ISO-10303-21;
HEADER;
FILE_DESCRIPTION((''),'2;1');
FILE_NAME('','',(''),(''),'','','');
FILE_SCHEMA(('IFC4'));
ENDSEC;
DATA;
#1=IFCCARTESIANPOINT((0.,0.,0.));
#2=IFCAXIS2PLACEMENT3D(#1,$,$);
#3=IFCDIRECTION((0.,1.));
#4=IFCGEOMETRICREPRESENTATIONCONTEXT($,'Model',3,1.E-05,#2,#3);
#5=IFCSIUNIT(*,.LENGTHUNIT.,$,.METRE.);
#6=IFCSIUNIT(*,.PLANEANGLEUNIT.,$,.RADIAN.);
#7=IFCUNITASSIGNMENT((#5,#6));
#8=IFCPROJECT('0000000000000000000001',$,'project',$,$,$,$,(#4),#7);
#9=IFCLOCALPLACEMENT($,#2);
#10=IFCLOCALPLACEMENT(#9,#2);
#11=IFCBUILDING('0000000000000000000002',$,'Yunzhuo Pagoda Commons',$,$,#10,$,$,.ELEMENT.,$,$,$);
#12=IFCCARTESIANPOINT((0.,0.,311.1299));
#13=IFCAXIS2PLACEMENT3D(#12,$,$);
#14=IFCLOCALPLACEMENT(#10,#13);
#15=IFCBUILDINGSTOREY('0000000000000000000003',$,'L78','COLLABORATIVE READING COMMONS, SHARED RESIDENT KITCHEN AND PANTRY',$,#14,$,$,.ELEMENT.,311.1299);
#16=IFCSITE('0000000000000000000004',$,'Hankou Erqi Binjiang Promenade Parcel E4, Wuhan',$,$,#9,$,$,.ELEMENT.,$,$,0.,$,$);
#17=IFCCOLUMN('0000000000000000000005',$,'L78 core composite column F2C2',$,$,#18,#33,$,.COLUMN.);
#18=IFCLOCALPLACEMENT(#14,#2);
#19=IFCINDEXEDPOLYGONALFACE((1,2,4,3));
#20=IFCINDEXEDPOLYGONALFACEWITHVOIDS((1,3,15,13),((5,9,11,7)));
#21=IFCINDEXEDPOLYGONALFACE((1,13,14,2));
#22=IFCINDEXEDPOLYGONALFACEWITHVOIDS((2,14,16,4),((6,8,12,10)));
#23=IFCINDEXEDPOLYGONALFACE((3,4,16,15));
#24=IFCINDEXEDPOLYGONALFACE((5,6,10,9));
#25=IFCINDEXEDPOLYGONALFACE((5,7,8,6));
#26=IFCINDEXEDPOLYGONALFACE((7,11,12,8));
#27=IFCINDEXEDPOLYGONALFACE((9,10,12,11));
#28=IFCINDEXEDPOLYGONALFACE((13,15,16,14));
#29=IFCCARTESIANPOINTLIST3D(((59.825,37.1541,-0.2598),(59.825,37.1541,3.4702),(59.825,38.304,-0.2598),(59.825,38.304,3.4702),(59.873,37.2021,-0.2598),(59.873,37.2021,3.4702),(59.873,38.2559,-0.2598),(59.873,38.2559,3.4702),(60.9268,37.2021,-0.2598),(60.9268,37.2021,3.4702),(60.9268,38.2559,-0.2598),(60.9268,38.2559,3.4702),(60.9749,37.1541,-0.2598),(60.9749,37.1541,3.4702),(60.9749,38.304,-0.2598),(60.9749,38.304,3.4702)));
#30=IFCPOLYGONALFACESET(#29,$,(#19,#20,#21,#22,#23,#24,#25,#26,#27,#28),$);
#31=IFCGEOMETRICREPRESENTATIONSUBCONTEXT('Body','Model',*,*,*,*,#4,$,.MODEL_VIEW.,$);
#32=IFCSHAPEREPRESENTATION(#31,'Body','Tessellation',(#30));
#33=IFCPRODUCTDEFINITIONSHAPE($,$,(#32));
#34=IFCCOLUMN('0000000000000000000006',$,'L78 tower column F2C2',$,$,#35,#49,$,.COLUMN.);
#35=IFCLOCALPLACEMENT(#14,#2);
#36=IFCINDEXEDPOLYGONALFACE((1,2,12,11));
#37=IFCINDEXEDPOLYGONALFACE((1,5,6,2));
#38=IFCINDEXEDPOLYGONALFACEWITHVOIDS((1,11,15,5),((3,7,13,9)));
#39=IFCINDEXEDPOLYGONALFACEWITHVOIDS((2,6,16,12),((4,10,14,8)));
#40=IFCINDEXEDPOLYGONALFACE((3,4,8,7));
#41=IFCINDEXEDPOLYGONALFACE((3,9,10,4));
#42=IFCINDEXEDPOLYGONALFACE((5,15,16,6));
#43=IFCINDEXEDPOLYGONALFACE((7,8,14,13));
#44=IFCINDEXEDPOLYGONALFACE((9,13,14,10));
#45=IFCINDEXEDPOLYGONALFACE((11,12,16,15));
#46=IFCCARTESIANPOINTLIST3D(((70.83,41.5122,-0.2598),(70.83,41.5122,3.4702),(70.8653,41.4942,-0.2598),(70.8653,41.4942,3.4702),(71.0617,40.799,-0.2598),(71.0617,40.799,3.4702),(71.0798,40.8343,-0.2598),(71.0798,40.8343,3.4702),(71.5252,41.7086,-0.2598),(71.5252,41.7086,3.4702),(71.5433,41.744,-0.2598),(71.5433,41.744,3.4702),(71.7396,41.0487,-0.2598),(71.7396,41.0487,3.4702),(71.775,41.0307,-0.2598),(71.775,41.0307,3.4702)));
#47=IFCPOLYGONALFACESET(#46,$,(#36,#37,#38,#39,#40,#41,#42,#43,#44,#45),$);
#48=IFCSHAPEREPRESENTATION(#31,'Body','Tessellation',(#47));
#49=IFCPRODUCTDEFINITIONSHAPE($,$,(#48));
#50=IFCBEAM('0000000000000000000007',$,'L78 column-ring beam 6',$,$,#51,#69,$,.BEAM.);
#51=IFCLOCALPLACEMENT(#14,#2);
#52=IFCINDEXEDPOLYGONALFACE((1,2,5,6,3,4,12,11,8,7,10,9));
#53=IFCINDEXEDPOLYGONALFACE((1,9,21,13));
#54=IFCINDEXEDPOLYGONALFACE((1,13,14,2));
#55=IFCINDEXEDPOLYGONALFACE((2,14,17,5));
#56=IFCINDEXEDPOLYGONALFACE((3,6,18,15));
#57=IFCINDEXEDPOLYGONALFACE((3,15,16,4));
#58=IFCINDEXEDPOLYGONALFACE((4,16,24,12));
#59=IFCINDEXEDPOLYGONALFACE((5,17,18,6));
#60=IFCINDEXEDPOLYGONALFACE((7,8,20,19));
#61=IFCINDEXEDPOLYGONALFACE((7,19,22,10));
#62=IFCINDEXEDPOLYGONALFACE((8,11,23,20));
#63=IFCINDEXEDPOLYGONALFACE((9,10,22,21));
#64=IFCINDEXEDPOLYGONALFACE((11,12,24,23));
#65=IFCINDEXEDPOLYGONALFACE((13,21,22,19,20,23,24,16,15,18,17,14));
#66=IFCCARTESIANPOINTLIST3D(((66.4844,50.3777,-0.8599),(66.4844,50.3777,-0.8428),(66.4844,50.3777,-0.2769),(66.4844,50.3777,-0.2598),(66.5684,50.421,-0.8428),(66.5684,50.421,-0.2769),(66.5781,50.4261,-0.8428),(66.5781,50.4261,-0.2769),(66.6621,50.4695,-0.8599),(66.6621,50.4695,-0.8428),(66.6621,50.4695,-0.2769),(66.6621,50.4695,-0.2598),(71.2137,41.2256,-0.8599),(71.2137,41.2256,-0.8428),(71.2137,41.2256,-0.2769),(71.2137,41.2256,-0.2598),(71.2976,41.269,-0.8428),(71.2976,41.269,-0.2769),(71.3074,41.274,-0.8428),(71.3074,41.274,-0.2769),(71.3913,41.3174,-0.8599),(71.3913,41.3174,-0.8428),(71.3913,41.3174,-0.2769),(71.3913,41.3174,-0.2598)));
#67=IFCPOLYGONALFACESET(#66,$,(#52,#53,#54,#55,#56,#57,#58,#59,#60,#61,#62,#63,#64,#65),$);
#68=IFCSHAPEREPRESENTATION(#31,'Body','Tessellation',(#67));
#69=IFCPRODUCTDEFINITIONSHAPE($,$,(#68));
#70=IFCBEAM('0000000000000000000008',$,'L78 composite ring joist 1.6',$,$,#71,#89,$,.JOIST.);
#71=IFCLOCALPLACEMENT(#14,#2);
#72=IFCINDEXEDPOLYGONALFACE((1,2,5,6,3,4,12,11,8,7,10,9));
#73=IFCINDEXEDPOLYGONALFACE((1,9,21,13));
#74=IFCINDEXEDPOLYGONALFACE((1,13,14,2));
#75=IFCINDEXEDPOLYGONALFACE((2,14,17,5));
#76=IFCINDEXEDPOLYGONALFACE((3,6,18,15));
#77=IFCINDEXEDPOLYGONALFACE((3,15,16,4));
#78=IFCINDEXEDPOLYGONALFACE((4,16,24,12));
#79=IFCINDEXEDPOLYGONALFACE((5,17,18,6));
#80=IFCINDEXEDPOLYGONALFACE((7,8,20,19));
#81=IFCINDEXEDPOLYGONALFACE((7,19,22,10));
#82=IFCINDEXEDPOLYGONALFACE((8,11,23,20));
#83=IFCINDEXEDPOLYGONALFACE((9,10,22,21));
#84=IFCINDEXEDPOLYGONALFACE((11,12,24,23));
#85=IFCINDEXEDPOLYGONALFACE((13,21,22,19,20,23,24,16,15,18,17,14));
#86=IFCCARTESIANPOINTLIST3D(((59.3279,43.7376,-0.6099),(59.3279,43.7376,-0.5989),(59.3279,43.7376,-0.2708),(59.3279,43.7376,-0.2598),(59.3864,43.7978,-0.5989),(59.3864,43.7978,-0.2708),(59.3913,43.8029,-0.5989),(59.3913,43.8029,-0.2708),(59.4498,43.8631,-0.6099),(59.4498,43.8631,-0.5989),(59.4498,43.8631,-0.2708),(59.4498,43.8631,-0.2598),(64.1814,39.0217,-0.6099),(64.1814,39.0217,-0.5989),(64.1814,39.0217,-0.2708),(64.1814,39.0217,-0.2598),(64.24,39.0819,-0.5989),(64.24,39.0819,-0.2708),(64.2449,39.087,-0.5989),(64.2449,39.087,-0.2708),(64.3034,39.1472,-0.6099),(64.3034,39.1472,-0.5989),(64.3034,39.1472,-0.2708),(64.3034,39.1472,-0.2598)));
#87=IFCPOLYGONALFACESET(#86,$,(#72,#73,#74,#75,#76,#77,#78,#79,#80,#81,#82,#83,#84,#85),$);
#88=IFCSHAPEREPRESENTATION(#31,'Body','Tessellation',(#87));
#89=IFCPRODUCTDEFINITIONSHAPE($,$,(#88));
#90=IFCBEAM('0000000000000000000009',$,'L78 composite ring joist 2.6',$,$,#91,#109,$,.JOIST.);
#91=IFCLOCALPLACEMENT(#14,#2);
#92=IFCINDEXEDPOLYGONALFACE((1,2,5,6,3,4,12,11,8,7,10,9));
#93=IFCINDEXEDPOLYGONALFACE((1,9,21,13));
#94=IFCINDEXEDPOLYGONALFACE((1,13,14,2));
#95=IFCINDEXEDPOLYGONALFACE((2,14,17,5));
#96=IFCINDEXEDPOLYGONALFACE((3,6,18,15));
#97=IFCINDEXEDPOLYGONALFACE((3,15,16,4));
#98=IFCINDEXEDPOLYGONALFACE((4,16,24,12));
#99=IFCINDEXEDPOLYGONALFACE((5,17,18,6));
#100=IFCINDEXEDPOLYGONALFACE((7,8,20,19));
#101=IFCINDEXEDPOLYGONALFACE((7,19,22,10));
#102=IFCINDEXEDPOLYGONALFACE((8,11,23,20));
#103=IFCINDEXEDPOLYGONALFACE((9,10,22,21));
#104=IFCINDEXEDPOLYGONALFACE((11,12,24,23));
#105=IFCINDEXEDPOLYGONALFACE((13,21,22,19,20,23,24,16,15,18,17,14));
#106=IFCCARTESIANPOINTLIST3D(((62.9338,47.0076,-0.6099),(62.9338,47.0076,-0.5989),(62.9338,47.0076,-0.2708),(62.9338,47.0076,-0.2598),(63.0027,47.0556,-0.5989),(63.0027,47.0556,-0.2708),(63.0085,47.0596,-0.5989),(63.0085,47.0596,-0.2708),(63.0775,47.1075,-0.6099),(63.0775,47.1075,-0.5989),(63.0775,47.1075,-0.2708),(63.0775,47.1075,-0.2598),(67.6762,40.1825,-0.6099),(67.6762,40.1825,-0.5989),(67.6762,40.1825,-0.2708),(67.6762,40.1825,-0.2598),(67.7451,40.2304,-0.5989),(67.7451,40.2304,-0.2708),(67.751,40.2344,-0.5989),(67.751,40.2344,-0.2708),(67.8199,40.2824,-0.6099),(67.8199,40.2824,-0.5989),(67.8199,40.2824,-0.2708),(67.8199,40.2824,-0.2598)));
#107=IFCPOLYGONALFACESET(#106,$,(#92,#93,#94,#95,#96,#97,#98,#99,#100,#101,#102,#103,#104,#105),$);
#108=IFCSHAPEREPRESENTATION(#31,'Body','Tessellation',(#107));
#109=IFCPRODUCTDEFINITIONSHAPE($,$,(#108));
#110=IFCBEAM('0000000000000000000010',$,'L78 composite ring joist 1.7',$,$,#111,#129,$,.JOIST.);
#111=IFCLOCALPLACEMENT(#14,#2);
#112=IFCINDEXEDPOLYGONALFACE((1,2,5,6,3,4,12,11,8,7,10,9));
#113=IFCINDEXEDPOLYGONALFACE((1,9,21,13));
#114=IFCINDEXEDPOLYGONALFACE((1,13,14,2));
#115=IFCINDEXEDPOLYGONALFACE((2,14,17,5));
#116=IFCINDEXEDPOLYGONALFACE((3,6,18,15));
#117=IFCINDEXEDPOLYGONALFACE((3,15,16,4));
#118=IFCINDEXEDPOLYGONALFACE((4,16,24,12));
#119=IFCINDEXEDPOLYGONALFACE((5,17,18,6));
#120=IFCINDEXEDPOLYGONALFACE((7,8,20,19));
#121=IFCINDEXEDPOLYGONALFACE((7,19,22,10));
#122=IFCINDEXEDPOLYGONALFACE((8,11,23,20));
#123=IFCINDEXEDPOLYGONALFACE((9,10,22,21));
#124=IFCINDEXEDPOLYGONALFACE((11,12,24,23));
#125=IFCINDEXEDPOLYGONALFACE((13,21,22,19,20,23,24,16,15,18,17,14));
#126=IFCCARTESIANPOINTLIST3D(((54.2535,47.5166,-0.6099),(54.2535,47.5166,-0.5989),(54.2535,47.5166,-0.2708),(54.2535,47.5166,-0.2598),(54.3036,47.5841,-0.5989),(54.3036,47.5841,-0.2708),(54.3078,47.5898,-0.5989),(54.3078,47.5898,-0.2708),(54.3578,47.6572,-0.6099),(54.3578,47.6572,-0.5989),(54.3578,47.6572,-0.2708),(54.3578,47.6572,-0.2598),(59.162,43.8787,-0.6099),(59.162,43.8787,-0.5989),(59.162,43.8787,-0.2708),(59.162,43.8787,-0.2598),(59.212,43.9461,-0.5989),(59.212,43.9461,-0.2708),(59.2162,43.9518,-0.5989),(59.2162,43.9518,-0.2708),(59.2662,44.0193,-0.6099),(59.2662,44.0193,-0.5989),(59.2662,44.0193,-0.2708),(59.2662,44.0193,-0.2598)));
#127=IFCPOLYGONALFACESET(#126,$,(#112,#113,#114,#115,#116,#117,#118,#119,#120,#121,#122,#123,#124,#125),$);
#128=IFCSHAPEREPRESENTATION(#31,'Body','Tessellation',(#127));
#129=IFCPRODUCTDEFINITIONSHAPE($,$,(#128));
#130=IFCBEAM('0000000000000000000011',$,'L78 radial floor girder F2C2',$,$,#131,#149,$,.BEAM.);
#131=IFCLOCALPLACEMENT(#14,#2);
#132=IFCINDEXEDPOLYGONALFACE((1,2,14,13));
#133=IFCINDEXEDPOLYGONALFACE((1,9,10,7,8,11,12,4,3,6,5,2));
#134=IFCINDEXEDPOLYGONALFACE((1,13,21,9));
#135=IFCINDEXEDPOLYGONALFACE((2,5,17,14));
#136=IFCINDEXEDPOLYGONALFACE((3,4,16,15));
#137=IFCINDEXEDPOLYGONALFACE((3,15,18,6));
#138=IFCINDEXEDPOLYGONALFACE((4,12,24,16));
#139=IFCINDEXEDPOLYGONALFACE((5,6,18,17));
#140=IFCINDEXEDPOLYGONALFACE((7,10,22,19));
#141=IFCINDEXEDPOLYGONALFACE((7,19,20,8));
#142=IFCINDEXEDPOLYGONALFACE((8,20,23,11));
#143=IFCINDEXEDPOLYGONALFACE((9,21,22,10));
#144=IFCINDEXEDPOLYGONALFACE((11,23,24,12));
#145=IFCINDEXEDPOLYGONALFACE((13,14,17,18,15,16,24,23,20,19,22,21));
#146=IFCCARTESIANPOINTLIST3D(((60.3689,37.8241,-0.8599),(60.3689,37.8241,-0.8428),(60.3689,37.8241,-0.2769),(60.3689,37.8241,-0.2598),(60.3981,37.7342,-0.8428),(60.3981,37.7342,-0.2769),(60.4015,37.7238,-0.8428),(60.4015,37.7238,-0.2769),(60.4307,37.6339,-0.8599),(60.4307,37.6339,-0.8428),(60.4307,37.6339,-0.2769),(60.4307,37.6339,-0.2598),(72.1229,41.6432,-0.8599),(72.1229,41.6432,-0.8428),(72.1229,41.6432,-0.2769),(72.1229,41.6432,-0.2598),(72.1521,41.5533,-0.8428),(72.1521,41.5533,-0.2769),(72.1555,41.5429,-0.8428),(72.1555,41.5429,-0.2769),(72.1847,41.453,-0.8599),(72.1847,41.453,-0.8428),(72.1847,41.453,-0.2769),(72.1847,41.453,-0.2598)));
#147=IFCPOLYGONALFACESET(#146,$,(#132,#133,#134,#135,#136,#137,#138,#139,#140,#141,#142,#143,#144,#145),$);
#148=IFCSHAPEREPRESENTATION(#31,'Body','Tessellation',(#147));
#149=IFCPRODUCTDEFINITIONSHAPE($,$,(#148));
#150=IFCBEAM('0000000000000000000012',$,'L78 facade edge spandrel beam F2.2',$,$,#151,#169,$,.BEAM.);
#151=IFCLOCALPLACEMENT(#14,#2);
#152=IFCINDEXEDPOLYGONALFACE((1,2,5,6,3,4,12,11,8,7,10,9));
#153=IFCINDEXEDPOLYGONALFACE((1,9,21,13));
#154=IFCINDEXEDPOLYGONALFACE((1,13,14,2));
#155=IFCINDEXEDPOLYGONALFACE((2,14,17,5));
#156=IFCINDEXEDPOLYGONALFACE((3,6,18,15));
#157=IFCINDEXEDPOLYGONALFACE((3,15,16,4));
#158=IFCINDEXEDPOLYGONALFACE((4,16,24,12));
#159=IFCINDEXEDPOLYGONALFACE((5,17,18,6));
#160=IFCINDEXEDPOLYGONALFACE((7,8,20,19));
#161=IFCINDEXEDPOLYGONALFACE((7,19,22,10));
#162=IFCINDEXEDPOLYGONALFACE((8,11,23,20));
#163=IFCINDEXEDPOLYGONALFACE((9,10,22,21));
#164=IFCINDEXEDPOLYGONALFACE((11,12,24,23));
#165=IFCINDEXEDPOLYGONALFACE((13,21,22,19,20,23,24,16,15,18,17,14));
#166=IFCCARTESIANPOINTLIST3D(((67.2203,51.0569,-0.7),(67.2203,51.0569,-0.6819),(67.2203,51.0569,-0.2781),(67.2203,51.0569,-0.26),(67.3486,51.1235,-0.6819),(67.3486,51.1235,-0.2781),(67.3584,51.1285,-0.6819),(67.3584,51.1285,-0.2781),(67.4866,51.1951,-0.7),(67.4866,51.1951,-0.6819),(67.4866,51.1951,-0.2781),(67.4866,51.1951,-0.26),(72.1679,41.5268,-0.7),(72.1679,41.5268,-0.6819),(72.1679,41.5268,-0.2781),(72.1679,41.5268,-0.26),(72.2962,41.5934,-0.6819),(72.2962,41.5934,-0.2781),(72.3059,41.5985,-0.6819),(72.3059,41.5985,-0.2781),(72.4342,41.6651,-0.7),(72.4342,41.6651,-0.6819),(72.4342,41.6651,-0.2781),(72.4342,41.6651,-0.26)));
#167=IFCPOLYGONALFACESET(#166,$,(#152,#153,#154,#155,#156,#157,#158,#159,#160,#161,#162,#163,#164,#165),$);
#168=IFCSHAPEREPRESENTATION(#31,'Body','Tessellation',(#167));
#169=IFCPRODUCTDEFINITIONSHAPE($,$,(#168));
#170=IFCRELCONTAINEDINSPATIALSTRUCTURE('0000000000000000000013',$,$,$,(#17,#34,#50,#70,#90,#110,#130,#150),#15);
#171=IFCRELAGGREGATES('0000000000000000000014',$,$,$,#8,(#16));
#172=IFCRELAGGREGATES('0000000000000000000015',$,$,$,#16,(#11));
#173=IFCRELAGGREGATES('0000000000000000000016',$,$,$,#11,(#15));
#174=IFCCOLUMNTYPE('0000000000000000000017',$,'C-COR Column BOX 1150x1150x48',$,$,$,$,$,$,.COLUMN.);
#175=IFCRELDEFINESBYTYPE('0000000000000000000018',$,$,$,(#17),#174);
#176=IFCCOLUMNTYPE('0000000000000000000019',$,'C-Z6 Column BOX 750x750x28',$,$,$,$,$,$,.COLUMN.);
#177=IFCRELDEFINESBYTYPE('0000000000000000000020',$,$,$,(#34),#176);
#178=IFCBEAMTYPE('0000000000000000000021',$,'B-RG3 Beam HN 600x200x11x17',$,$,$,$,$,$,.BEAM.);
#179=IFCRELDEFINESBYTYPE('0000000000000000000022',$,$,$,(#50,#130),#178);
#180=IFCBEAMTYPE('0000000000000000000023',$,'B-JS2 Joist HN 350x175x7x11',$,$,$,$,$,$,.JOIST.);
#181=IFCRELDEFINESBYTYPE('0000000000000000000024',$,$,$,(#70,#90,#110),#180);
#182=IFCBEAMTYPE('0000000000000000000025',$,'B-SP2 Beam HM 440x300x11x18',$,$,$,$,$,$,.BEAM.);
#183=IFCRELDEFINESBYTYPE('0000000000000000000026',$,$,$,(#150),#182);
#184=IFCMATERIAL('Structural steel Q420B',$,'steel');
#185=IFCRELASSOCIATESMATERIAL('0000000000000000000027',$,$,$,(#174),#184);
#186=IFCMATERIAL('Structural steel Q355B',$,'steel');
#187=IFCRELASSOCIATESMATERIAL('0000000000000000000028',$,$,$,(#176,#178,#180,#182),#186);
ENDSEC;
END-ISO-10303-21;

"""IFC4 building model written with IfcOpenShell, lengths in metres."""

from ifc_helpers import new_model, si_unit, direction, frame, origin, origin_2d, place, context, subcontext, project, spatial, hollow_rectangle, i_section, extrude, source, transform, mapped, material, material_profile, profile_set, type_object, element, save


model = new_model("IFC4")

# Units and contexts
model_context = context("Model", 3, precision=1e-05, world=origin(), true_north=direction((0.0, 1.0)))
body_context = subcontext(model_context, "Body", "Model", "MODEL_VIEW")
ifc_project = project(units=[si_unit("LENGTHUNIT", "METRE"), si_unit("PLANEANGLEUNIT", "RADIAN")], contexts=[model_context])

# Site, building, storey
site_placement = place(None, origin())
site = spatial("IfcSite", under=ifc_project, at=site_placement, Name="Hankou Erqi Binjiang Promenade Parcel E4, Wuhan", CompositionType="ELEMENT", RefElevation=0.0)
building_placement = place(site_placement, origin())
building = spatial("IfcBuilding", under=site, at=building_placement, Name="Yunzhuo Pagoda Commons", CompositionType="ELEMENT")
storey_placement = place(building_placement, frame((0.0, 0.0, 311.1299)))
storey = spatial("IfcBuildingStorey", under=building, at=storey_placement, Name="L78", Description="COLLABORATIVE READING COMMONS, SHARED RESIDENT KITCHEN AND PANTRY", CompositionType="ELEMENT", Elevation=311.1299)

# Columns
ifc_material_1 = material(Name="Structural steel Q420B", Category="steel")
ifc_material_profile_1 = material_profile(ifc_material_1, hollow_rectangle(XDim=1.1499, YDim=1.1499, WallThickness=0.0481, at=origin_2d()), Name="Structural steel Q420B")
ifc_profile_set_1 = profile_set([ifc_material_profile_1], Name="Structural steel Q420B")
column_type_1 = type_object("IfcColumnType", Name="C-COR Column BOX 1150x1150x48", PredefinedType="COLUMN", material=ifc_profile_set_1)
shared_shape_1 = source(origin(), body_context, "Body", "SweptSolid", [
    extrude(hollow_rectangle(XDim=1.1499, YDim=1.1499, WallThickness=0.0481, at=origin_2d()), origin(), (0.0, 0.0, 1.0), 3.73),
])
column_1_placement = place(storey_placement, frame((60.3999, 37.729, -0.2598), z_axis=(0.0, 0.0, 1.0), x_axis=(1.0, 0.0, 0.0)))
element("IfcColumn", 1, at=column_1_placement, inside=storey, type_object=column_type_1, Name="L78 core composite column F2C2", PredefinedType="COLUMN", context=body_context, shape_type="MappedRepresentation", body=[
    mapped(shared_shape_1, transform((0.0, 0.0, 0.0), scale=1.0)),
])
ifc_material_2 = material(Name="Structural steel Q355B", Category="steel")
ifc_material_profile_2 = material_profile(ifc_material_2, hollow_rectangle(XDim=0.75, YDim=0.75, WallThickness=0.0281, at=origin_2d()), Name="Structural steel Q355B")
ifc_profile_set_2 = profile_set([ifc_material_profile_2], Name="Structural steel Q355B")
column_type_2 = type_object("IfcColumnType", Name="C-Z6 Column BOX 750x750x28", PredefinedType="COLUMN", material=ifc_profile_set_2)
shared_shape_2 = source(origin(), body_context, "Body", "SweptSolid", [
    extrude(hollow_rectangle(XDim=0.75, YDim=0.75, WallThickness=0.0281, at=origin_2d()), origin(), (0.0, 0.0, 1.0), 3.73),
])
column_2_placement = place(storey_placement, frame((71.3025, 41.2715, -0.2598), z_axis=(0.0, 0.0, 1.0), x_axis=(-0.309017, 0.951057, 0.0)))
element("IfcColumn", 2, at=column_2_placement, inside=storey, type_object=column_type_2, Name="L78 tower column F2C2", PredefinedType="COLUMN", context=body_context, shape_type="MappedRepresentation", body=[
    mapped(shared_shape_2, transform((0.0, 0.0, 0.0), scale=1.0)),
])

# Beams
ifc_material_profile_3 = material_profile(ifc_material_2, i_section(OverallWidth=0.2, OverallDepth=0.6001, WebThickness=0.011, FlangeThickness=0.0171, at=origin_2d()), Name="Structural steel Q355B")
ifc_profile_set_3 = profile_set([ifc_material_profile_3], Name="Structural steel Q355B")
beam_type_1 = type_object("IfcBeamType", Name="B-RG3 Beam HN 600x200x11x17", PredefinedType="BEAM", material=ifc_profile_set_3)
shared_shape_3 = source(origin(), body_context, "Body", "SweptSolid", [
    extrude(i_section(OverallWidth=0.2, OverallDepth=0.6001, WebThickness=0.011, FlangeThickness=0.0171, at=origin_2d()), origin(), (0.0, 0.0, 1.0), 10.3018),
])
beam_1_placement = place(storey_placement, frame((71.3025, 41.2715, -0.5598), z_axis=(-0.459071, 0.8884, 0.0), x_axis=(-0.8884, -0.459071, 0.0)))
element("IfcBeam", 3, at=beam_1_placement, inside=storey, type_object=beam_type_1, Name="L78 column-ring beam 6", PredefinedType="BEAM", context=body_context, shape_type="MappedRepresentation", body=[
    mapped(shared_shape_3, transform((0.0, 0.0, 0.0), scale=1.0)),
])
ifc_material_profile_4 = material_profile(ifc_material_2, i_section(OverallWidth=0.175, OverallDepth=0.3501, WebThickness=0.0071, FlangeThickness=0.011, at=origin_2d()), Name="Structural steel Q355B")
ifc_profile_set_4 = profile_set([ifc_material_profile_4], Name="Structural steel Q355B")
beam_type_2 = type_object("IfcBeamType", Name="B-JS2 Joist HN 350x175x7x11", PredefinedType="JOIST", material=ifc_profile_set_4)
shared_shape_4 = source(origin(), body_context, "Body", "SweptSolid", [
    extrude(i_section(OverallWidth=0.175, OverallDepth=0.3501, WebThickness=0.0071, FlangeThickness=0.011, at=origin_2d()), origin(), (0.0, 0.0, 1.0), 6.7673),
])
beam_2_placement = place(storey_placement, frame((64.2424, 39.0845, -0.4348), z_axis=(-0.717207, 0.69686, 0.0), x_axis=(-0.69686, -0.717207, 0.0)))
element("IfcBeam", 4, at=beam_2_placement, inside=storey, type_object=beam_type_2, Name="L78 composite ring joist 1.6", PredefinedType="JOIST", context=body_context, shape_type="MappedRepresentation", body=[
    mapped(shared_shape_4, transform((0.0, 0.0, 0.0), scale=1.0)),
])
shared_shape_5 = source(origin(), body_context, "Body", "SweptSolid", [
    extrude(i_section(OverallWidth=0.175, OverallDepth=0.3501, WebThickness=0.0071, FlangeThickness=0.011, at=origin_2d()), origin(), (0.0, 0.0, 1.0), 8.311),
])
beam_3_placement = place(storey_placement, frame((67.748, 40.2324, -0.4348), z_axis=(-0.570616, 0.821217, 0.0), x_axis=(-0.821217, -0.570616, 0.0)))
element("IfcBeam", 5, at=beam_3_placement, inside=storey, type_object=beam_type_2, Name="L78 composite ring joist 2.6", PredefinedType="JOIST", context=body_context, shape_type="MappedRepresentation", body=[
    mapped(shared_shape_5, transform((0.0, 0.0, 0.0), scale=1.0)),
])
shared_shape_6 = source(origin(), body_context, "Body", "SweptSolid", [
    extrude(i_section(OverallWidth=0.175, OverallDepth=0.3501, WebThickness=0.0071, FlangeThickness=0.011, at=origin_2d()), origin(), (0.0, 0.0, 1.0), 6.1096),
])
beam_4_placement = place(storey_placement, frame((59.2141, 43.949, -0.4348), z_axis=(-0.803396, 0.595444, 0.0), x_axis=(-0.595444, -0.803396, 0.0)))
element("IfcBeam", 6, at=beam_4_placement, inside=storey, type_object=beam_type_2, Name="L78 composite ring joist 1.7", PredefinedType="JOIST", context=body_context, shape_type="MappedRepresentation", body=[
    mapped(shared_shape_6, transform((0.0, 0.0, 0.0), scale=1.0)),
])
shared_shape_7 = source(origin(), body_context, "Body", "SweptSolid", [
    extrude(i_section(OverallWidth=0.2, OverallDepth=0.6001, WebThickness=0.011, FlangeThickness=0.0171, at=origin_2d()), origin(), (0.0, 0.0, 1.0), 12.3589),
])
beam_5_placement = place(storey_placement, frame((72.1538, 41.5481, -0.5598), z_axis=(-0.951056, -0.309018, 0.0), x_axis=(0.309018, -0.951056, 0.0)))
element("IfcBeam", 7, at=beam_5_placement, inside=storey, type_object=beam_type_1, Name="L78 radial floor girder F2C2", PredefinedType="BEAM", context=body_context, shape_type="MappedRepresentation", body=[
    mapped(shared_shape_7, transform((0.0, 0.0, 0.0), scale=1.0)),
])
ifc_material_profile_5 = material_profile(ifc_material_2, i_section(OverallWidth=0.3, OverallDepth=0.4399, WebThickness=0.011, FlangeThickness=0.0181, at=origin_2d()), Name="Structural steel Q355B")
ifc_profile_set_5 = profile_set([ifc_material_profile_5], Name="Structural steel Q355B")
beam_type_3 = type_object("IfcBeamType", Name="B-SP2 Beam HM 440x300x11x18", PredefinedType="BEAM", material=ifc_profile_set_5)
shared_shape_8 = source(origin(), body_context, "Body", "SweptSolid", [
    extrude(i_section(OverallWidth=0.3, OverallDepth=0.4399, WebThickness=0.011, FlangeThickness=0.0181, at=origin_2d()), origin(), (0.0, 0.0, 1.0), 10.7378),
])
beam_6_placement = place(storey_placement, frame((72.301, 41.5959, -0.48), z_axis=(-0.460758, 0.887526, 0.0), x_axis=(-0.887526, -0.460758, 0.0)))
element("IfcBeam", 8, at=beam_6_placement, inside=storey, type_object=beam_type_3, Name="L78 facade edge spandrel beam F2.2", PredefinedType="BEAM", context=body_context, shape_type="MappedRepresentation", body=[
    mapped(shared_shape_8, transform((0.0, 0.0, 0.0), scale=1.0)),
])

save(model, "model.ifc")
